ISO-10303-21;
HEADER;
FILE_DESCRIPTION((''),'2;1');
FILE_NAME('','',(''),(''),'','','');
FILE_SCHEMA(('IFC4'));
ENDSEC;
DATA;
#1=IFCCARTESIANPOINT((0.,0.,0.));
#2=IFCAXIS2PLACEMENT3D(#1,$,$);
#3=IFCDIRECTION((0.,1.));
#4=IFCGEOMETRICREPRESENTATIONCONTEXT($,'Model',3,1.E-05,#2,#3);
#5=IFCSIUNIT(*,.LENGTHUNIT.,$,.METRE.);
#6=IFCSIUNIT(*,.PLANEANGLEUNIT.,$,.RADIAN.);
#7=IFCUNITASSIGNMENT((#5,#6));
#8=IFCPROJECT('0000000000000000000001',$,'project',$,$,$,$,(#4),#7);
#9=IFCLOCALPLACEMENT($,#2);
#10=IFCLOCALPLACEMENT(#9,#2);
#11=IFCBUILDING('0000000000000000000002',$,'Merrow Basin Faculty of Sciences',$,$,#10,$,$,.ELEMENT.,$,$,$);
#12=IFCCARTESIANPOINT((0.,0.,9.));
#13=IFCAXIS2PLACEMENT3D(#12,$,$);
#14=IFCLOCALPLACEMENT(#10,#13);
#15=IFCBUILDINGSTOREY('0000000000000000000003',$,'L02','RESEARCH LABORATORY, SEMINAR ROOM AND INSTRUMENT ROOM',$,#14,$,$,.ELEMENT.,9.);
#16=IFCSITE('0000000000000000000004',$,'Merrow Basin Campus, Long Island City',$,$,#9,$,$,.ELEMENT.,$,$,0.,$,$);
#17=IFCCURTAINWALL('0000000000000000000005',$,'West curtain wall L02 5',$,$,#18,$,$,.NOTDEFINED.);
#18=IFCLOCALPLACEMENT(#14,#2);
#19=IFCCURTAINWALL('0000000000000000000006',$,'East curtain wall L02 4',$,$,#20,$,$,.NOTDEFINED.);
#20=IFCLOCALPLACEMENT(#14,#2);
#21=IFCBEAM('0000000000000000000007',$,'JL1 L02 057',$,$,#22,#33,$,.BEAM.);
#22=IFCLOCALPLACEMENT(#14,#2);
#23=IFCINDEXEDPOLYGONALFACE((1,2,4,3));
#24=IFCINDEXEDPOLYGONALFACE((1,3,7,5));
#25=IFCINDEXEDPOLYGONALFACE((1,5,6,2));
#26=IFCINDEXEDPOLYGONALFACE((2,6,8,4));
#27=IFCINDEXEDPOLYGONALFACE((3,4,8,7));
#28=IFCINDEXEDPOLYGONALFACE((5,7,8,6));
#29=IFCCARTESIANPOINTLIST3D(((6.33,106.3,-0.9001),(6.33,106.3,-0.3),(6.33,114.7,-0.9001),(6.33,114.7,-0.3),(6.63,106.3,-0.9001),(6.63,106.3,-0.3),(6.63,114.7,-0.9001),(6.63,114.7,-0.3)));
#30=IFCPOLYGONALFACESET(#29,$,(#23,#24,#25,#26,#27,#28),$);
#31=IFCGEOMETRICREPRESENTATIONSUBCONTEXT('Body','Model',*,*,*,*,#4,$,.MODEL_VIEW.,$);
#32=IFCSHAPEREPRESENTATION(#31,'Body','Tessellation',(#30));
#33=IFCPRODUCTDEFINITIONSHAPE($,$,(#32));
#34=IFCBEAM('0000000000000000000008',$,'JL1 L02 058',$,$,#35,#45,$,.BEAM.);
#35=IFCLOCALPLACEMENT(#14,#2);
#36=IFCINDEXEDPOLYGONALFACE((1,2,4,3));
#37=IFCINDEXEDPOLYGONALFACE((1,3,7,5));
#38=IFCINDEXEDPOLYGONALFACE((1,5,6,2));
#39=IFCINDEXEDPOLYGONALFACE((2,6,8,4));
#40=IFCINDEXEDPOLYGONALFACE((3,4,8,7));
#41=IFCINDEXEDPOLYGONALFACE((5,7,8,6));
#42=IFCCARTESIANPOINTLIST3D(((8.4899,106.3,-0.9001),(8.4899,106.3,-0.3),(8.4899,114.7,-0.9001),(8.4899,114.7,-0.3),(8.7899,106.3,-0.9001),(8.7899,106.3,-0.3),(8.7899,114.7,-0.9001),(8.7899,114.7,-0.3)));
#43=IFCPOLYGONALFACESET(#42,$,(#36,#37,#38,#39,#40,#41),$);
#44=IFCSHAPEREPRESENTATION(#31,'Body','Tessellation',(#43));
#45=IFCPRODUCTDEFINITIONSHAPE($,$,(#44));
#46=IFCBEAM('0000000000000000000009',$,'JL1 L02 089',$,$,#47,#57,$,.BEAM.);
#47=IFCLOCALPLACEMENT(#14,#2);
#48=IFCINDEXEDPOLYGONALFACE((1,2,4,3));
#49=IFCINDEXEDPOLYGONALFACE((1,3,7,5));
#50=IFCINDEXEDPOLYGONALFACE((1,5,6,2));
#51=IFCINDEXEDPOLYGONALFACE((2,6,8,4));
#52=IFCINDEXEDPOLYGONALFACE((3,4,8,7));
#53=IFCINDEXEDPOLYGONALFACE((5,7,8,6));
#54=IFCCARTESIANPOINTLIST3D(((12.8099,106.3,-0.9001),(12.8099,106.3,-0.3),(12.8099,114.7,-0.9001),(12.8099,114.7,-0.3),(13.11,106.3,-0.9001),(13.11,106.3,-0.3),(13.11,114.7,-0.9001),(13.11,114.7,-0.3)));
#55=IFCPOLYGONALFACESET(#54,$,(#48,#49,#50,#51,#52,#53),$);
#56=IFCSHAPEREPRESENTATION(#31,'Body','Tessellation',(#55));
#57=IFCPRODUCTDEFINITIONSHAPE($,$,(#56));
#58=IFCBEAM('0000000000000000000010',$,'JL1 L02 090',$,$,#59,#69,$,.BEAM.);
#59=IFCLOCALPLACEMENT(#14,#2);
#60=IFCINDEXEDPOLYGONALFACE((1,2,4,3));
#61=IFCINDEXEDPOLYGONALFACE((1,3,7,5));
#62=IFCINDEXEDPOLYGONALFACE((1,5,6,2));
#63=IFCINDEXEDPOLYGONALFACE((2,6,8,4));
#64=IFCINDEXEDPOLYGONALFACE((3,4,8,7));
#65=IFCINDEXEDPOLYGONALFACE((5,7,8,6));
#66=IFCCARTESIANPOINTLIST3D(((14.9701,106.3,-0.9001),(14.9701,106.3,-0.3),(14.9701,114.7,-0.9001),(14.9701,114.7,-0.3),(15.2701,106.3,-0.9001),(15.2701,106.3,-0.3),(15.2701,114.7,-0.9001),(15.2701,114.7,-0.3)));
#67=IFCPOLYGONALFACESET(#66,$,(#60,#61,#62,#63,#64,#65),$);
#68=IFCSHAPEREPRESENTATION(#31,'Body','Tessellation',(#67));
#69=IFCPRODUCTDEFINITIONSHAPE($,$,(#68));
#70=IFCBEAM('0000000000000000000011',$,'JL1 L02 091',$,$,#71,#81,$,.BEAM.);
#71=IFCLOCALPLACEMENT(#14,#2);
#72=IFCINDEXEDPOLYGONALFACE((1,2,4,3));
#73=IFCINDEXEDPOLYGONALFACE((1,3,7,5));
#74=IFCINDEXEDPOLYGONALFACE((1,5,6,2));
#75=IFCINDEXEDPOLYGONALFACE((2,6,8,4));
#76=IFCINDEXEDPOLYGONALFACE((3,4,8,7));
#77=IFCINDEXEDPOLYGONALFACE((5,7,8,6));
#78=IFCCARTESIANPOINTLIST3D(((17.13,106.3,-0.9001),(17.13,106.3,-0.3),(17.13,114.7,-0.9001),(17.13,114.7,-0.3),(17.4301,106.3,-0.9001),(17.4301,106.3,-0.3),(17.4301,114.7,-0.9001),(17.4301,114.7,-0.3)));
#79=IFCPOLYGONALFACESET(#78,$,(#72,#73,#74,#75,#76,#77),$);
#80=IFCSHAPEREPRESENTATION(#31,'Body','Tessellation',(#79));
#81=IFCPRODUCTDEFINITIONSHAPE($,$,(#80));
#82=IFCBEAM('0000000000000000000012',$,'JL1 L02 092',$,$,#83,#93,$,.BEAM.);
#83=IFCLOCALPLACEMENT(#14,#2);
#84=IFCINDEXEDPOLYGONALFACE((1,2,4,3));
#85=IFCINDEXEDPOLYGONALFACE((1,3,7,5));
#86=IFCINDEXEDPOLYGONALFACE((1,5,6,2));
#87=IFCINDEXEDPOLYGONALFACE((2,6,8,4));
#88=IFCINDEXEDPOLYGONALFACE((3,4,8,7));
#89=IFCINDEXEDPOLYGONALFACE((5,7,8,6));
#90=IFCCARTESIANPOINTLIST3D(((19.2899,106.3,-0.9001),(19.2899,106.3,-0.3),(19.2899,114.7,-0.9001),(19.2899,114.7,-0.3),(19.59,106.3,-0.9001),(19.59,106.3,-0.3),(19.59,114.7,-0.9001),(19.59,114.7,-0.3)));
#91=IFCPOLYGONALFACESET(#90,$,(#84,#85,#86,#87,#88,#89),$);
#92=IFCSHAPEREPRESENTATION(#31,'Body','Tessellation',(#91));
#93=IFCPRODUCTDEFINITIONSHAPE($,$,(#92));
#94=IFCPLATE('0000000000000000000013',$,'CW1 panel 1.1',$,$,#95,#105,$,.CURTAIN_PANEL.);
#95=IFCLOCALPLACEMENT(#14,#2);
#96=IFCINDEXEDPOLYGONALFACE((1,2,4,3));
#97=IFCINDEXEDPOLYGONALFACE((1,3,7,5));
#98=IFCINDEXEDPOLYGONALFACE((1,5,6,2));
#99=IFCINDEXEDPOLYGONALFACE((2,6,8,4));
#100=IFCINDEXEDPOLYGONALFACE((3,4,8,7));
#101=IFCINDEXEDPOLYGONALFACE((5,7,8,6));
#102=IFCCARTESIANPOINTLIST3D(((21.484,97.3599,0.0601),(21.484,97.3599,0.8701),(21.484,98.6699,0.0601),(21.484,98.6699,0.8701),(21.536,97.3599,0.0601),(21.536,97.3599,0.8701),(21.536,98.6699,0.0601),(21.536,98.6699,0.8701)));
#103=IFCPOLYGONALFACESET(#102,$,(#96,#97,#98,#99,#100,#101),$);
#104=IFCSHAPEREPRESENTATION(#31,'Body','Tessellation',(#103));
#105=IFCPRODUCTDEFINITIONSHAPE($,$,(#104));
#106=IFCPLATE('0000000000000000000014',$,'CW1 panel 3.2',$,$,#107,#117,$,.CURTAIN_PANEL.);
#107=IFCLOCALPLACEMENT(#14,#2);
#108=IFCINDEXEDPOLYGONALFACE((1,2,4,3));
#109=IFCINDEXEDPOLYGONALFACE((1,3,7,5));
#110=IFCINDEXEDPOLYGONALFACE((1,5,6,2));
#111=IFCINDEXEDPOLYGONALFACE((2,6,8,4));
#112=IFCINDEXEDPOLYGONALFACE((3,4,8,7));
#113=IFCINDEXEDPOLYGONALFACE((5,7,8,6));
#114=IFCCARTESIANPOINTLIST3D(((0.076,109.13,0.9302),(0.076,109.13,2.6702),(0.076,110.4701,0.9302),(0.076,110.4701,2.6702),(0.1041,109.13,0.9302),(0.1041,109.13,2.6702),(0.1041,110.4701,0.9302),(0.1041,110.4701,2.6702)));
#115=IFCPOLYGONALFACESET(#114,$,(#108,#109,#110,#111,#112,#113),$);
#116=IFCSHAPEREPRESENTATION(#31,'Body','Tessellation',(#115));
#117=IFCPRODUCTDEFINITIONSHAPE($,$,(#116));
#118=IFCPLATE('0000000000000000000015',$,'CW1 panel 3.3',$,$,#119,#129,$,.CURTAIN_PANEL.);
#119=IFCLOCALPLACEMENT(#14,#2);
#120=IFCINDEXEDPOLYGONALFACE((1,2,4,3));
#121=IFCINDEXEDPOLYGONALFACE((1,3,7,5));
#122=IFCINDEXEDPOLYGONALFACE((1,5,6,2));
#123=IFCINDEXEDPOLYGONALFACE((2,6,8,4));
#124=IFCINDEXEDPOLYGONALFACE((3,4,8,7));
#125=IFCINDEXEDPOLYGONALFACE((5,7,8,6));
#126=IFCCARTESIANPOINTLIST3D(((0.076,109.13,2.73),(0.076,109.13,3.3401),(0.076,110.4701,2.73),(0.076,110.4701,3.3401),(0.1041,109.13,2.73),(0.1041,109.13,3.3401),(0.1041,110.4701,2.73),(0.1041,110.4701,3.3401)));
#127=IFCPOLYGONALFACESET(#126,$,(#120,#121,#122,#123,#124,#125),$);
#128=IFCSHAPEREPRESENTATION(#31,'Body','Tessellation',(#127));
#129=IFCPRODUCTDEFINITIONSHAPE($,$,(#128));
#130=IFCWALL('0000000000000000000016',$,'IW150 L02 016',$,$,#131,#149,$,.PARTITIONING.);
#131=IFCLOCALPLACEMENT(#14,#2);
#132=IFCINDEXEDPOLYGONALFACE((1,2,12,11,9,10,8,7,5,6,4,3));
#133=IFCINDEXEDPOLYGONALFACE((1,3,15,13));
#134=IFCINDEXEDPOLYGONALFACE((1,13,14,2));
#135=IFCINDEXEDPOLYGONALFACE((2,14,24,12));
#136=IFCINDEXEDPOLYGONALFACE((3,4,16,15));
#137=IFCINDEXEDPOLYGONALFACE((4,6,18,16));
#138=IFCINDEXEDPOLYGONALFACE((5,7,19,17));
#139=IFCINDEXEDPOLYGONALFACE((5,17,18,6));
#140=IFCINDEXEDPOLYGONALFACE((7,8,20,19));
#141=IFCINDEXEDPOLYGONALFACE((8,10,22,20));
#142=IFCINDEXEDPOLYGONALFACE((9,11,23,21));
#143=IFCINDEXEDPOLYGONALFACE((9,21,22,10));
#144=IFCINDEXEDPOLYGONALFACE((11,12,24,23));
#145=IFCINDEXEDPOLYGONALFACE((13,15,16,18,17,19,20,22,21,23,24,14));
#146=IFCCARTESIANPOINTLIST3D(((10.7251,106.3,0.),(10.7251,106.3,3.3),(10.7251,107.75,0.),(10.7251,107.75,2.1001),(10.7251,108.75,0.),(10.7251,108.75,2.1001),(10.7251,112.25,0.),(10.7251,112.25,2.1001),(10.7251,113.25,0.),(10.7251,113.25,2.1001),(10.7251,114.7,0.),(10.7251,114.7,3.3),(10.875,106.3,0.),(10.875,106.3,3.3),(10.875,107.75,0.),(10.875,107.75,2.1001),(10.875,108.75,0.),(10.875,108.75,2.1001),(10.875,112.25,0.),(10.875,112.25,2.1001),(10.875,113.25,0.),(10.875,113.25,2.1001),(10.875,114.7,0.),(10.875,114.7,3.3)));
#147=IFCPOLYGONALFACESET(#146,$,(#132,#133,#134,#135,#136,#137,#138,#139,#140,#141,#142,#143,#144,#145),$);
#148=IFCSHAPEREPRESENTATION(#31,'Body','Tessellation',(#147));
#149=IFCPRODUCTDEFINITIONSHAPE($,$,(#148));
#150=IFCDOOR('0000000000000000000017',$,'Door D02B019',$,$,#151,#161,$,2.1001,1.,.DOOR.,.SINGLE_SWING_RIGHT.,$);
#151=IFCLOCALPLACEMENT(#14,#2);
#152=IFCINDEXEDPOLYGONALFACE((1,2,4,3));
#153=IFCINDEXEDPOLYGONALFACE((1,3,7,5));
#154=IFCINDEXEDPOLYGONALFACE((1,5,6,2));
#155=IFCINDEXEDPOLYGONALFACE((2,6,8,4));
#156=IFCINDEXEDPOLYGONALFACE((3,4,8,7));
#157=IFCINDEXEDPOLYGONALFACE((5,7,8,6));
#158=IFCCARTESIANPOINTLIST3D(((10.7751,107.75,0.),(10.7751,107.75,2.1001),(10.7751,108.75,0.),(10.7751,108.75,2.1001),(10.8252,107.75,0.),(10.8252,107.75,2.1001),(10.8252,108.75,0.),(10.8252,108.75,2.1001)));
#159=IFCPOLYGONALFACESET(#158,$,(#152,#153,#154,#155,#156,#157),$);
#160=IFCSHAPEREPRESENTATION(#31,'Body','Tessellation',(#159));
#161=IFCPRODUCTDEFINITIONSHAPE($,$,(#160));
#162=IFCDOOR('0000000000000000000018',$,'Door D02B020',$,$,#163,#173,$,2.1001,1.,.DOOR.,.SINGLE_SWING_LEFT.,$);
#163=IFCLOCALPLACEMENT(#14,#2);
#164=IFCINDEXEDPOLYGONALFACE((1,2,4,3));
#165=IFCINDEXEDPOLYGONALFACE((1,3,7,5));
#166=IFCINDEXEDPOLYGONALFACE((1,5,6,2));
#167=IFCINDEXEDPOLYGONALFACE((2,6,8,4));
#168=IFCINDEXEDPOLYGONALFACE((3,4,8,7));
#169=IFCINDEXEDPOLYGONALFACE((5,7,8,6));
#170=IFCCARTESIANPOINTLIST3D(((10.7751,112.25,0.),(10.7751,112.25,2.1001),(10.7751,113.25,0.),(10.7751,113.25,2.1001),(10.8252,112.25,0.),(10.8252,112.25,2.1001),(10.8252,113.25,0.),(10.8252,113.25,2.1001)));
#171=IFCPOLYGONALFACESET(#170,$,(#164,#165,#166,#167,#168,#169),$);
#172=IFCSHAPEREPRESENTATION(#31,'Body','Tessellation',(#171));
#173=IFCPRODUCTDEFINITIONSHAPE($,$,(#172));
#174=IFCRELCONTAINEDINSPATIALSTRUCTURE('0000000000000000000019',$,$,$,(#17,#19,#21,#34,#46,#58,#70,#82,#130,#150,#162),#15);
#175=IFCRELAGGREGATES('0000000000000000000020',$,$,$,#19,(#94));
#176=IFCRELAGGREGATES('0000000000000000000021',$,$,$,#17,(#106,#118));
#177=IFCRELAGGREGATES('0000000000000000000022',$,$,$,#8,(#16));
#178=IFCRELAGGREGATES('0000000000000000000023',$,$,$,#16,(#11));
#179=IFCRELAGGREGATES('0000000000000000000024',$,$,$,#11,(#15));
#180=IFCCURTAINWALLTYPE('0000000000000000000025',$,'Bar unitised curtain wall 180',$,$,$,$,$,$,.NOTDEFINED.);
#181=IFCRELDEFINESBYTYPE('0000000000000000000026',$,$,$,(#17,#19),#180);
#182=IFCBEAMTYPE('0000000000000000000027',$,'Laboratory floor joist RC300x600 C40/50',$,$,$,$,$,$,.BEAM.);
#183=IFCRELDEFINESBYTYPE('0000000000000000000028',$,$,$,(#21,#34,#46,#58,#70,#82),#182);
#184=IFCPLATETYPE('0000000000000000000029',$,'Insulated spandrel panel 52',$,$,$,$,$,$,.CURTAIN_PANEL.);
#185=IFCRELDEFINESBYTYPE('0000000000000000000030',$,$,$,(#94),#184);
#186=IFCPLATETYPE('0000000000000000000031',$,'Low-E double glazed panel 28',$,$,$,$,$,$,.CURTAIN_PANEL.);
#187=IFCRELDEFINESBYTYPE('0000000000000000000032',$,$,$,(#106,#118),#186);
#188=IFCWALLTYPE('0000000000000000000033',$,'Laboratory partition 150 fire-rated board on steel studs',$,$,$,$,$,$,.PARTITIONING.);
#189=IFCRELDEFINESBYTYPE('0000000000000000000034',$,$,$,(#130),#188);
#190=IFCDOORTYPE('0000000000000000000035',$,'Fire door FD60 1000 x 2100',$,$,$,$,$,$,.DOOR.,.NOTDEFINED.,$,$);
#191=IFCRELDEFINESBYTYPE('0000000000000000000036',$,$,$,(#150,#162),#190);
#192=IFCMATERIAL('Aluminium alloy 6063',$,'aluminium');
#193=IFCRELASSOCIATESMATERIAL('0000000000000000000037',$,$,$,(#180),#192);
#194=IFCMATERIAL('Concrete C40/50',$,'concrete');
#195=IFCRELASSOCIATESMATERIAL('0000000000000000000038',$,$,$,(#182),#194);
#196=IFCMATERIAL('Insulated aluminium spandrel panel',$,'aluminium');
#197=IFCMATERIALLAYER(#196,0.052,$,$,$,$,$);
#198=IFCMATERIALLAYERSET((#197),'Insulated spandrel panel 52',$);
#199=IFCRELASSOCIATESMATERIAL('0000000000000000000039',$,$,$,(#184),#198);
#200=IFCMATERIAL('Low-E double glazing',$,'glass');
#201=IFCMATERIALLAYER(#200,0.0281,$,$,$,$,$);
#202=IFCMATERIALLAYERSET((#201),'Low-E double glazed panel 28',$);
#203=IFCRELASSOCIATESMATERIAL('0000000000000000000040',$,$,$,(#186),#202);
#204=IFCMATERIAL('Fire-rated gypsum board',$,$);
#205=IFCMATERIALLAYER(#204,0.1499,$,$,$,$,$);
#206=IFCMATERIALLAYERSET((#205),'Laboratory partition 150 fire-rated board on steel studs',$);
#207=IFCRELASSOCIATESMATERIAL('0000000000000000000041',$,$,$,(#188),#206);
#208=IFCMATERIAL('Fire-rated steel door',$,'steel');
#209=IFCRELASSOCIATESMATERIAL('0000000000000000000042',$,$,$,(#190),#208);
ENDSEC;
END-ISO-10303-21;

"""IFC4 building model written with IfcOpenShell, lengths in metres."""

from ifc_helpers import new_model, si_unit, direction, frame, frame_2d, origin, origin_2d, place, context, subcontext, project, spatial, rectangle, extrude, material, layer, layer_set, material_profile, profile_set, type_object, element, fill, aggregate, save


model = new_model("IFC4")

# Units and contexts
model_context = context("Model", 3, precision=1e-05, world=origin(), true_north=direction((0.0, 1.0)))
body_context = subcontext(model_context, "Body", "Model", "MODEL_VIEW")
ifc_project = project(units=[si_unit("LENGTHUNIT", "METRE"), si_unit("PLANEANGLEUNIT", "RADIAN")], contexts=[model_context])

# Site, building, storey
site_placement = place(None, origin())
site = spatial("IfcSite", under=ifc_project, at=site_placement, Name="Merrow Basin Campus, Long Island City", CompositionType="ELEMENT", RefElevation=0.0)
building_placement = place(site_placement, origin())
building = spatial("IfcBuilding", under=site, at=building_placement, Name="Merrow Basin Faculty of Sciences", CompositionType="ELEMENT")
storey_placement = place(building_placement, frame((0.0, 0.0, 9.0)))
storey = spatial("IfcBuildingStorey", under=building, at=storey_placement, Name="L02", Description="RESEARCH LABORATORY, SEMINAR ROOM AND INSTRUMENT ROOM", CompositionType="ELEMENT", Elevation=9.0)

# Curtain walls
ifc_material_1 = material(Name="Aluminium alloy 6063", Category="aluminium")
curtain_wall_type = type_object("IfcCurtainWallType", Name="Bar unitised curtain wall 180", PredefinedType="NOTDEFINED", material=ifc_material_1)
curtain_wall_1_placement = place(storey_placement, origin())
curtain_wall_1 = element("IfcCurtainWall", 1, at=curtain_wall_1_placement, inside=storey, type_object=curtain_wall_type, Name="West curtain wall L02 5", PredefinedType="NOTDEFINED")
curtain_wall_2_placement = place(storey_placement, origin())
curtain_wall_2 = element("IfcCurtainWall", 2, at=curtain_wall_2_placement, inside=storey, type_object=curtain_wall_type, Name="East curtain wall L02 4", PredefinedType="NOTDEFINED")

# Beams
ifc_material_2 = material(Name="Concrete C40/50", Category="concrete")
ifc_material_profile_1 = material_profile(ifc_material_2, rectangle(XDim=0.3, YDim=0.6001, at=origin_2d()))
ifc_profile_set_1 = profile_set([ifc_material_profile_1], Name="Concrete C40/50")
beam_type_1 = type_object("IfcBeamType", Name="Laboratory floor joist RC300x600 C40/50", PredefinedType="BEAM", material=ifc_profile_set_1)
for number, where, z_axis, x_axis, name in (
    (3, (6.48, 106.3, -0.6001), (0.0, 1.0, 0.0), (-1.0, 0.0, 0.0), "JL1 L02 057"),
    (4, (8.6399, 106.3, -0.6001), (0.0, 1.0, 0.0), (-1.0, 0.0, 0.0), "JL1 L02 058"),
    (5, (12.96, 106.3, -0.6001), (0.0, 1.0, 0.0), (-1.0, 0.0, 0.0), "JL1 L02 089"),
    (6, (15.1201, 106.3, -0.6001), (0.0, 1.0, 0.0), (-1.0, 0.0, 0.0), "JL1 L02 090"),
    (7, (17.28, 106.3, -0.6001), (0.0, 1.0, 0.0), (-1.0, 0.0, 0.0), "JL1 L02 091"),
    (8, (19.4399, 106.3, -0.6001), (0.0, 1.0, 0.0), (-1.0, 0.0, 0.0), "JL1 L02 092"),
):
    element("IfcBeam", number, at=place(storey_placement, frame(where, z_axis=z_axis, x_axis=x_axis)), inside=storey, type_object=beam_type_1, Name=name, PredefinedType="BEAM", context=body_context, shape_type="SweptSolid", body=[
        extrude(rectangle(XDim=0.3, YDim=0.6001, at=origin_2d()), origin(), (0.0, 0.0, 1.0), 8.3999),
    ])

# Plates
ifc_material_3 = material(Name="Insulated aluminium spandrel panel", Category="aluminium")
ifc_layer_1 = layer(ifc_material_3, 0.052)
ifc_layer_set_1 = layer_set([ifc_layer_1], Name="Insulated spandrel panel 52")
plate_type_1 = type_object("IfcPlateType", Name="Insulated spandrel panel 52", PredefinedType="CURTAIN_PANEL", material=ifc_layer_set_1)
plate_1_placement = place(storey_placement, frame((21.51, 98.0149, 0.0601), z_axis=(0.0, 0.0, 1.0), x_axis=(0.0, 1.0, 0.0)))
plate_1 = element("IfcPlate", 9, at=plate_1_placement, type_object=plate_type_1, Name="CW1 panel 1.1", PredefinedType="CURTAIN_PANEL", context=body_context, shape_type="SweptSolid", body=[
    extrude(rectangle(XDim=1.3101, YDim=0.052, at=origin_2d()), origin(), (0.0, 0.0, 1.0), 0.8101),
])
aggregate(curtain_wall_2, [plate_1])
ifc_material_4 = material(Name="Low-E double glazing", Category="glass")
ifc_layer_2 = layer(ifc_material_4, 0.0281)
ifc_layer_set_2 = layer_set([ifc_layer_2], Name="Low-E double glazed panel 28")
plate_type_2 = type_object("IfcPlateType", Name="Low-E double glazed panel 28", PredefinedType="CURTAIN_PANEL", material=ifc_layer_set_2)
plate_2_placement = place(storey_placement, frame((0.0901, 109.8, 0.9302), z_axis=(0.0, 0.0, 1.0), x_axis=(0.0, 1.0, 0.0)))
plate_2 = element("IfcPlate", 10, at=plate_2_placement, type_object=plate_type_2, Name="CW1 panel 3.2", PredefinedType="CURTAIN_PANEL", context=body_context, shape_type="SweptSolid", body=[
    extrude(rectangle(XDim=1.3401, YDim=0.0281, at=origin_2d()), origin(), (0.0, 0.0, 1.0), 1.74),
])
plate_3_placement = place(storey_placement, frame((0.0901, 109.8, 2.73), z_axis=(0.0, 0.0, 1.0), x_axis=(0.0, 1.0, 0.0)))
plate_3 = element("IfcPlate", 11, at=plate_3_placement, type_object=plate_type_2, Name="CW1 panel 3.3", PredefinedType="CURTAIN_PANEL", context=body_context, shape_type="SweptSolid", body=[
    extrude(rectangle(XDim=1.3401, YDim=0.0281, at=origin_2d()), origin(), (0.0, 0.0, 1.0), 0.6101),
])
aggregate(curtain_wall_1, [plate_2, plate_3])

# Wall, openings, doors
ifc_material_5 = material(Name="Fire-rated gypsum board")
ifc_layer_3 = layer(ifc_material_5, 0.1499)
ifc_layer_set_3 = layer_set([ifc_layer_3], Name="Laboratory partition 150 fire-rated board on steel studs")
wall_type = type_object("IfcWallType", Name="Laboratory partition 150 fire-rated board on steel studs", PredefinedType="PARTITIONING", material=ifc_layer_set_3)
wall_1_placement = place(storey_placement, frame((10.8, 106.3, 0.0), z_axis=(0.0, 0.0, 1.0), x_axis=(0.0, 1.0, 0.0)))
wall_1 = element("IfcWall", 12, at=wall_1_placement, inside=storey, type_object=wall_type, Name="IW150 L02 016", PredefinedType="PARTITIONING", context=body_context, shape_type="SweptSolid", body=[
    extrude(rectangle(XDim=8.3999, YDim=0.1499, at=frame_2d((4.2, 0.0))), origin(), (0.0, 0.0, 1.0), 3.3),
])
opening_1_placement = place(wall_1_placement, frame((1.45, 0.0, 0.0)))
opening_1 = element("IfcOpeningElement", 13, at=opening_1_placement, cuts=wall_1, PredefinedType="OPENING", context=body_context, shape_type="SweptSolid", body=[
    extrude(rectangle(XDim=1.0, YDim=2.1001, at=frame_2d((0.5, 1.05))), frame((0.0, 0.085, 0.0), z_axis=(0.0, -1.0, 0.0), x_axis=(1.0, 0.0, 0.0)), (0.0, 0.0, 1.0), 0.1699),
])
opening_2_placement = place(wall_1_placement, frame((5.95, 0.0, 0.0)))
opening_2 = element("IfcOpeningElement", 14, at=opening_2_placement, cuts=wall_1, PredefinedType="OPENING", context=body_context, shape_type="SweptSolid", body=[
    extrude(rectangle(XDim=1.0, YDim=2.1001, at=frame_2d((0.5, 1.05))), frame((0.0, 0.085, 0.0), z_axis=(0.0, -1.0, 0.0), x_axis=(1.0, 0.0, 0.0)), (0.0, 0.0, 1.0), 0.1699),
])
ifc_material_6 = material(Name="Fire-rated steel door", Category="steel")
door_type = type_object("IfcDoorType", Name="Fire door FD60 1000 x 2100", OperationType="NOTDEFINED", PredefinedType="DOOR", material=ifc_material_6)
door_1_placement = place(opening_1_placement, origin())
door_1 = element("IfcDoor", 15, at=door_1_placement, inside=storey, type_object=door_type, Name="Door D02B019", OperationType="SINGLE_SWING_RIGHT", OverallHeight=2.1001, OverallWidth=1.0, PredefinedType="DOOR", context=body_context, shape_type="SweptSolid", body=[
    extrude(rectangle(XDim=1.0, YDim=2.1001, at=frame_2d((0.5, 1.05))), frame((0.0, 0.0249, 0.0), z_axis=(0.0, -1.0, 0.0), x_axis=(1.0, 0.0, 0.0)), (0.0, 0.0, 1.0), 0.05),
])
fill(opening_1, door_1)
door_2_placement = place(opening_2_placement, origin())
door_2 = element("IfcDoor", 16, at=door_2_placement, inside=storey, type_object=door_type, Name="Door D02B020", OperationType="SINGLE_SWING_LEFT", OverallHeight=2.1001, OverallWidth=1.0, PredefinedType="DOOR", context=body_context, shape_type="SweptSolid", body=[
    extrude(rectangle(XDim=1.0, YDim=2.1001, at=frame_2d((0.5, 1.05))), frame((0.0, 0.0249, 0.0), z_axis=(0.0, -1.0, 0.0), x_axis=(1.0, 0.0, 0.0)), (0.0, 0.0, 1.0), 0.05),
])
fill(opening_2, door_2)

save(model, "model.ifc")
